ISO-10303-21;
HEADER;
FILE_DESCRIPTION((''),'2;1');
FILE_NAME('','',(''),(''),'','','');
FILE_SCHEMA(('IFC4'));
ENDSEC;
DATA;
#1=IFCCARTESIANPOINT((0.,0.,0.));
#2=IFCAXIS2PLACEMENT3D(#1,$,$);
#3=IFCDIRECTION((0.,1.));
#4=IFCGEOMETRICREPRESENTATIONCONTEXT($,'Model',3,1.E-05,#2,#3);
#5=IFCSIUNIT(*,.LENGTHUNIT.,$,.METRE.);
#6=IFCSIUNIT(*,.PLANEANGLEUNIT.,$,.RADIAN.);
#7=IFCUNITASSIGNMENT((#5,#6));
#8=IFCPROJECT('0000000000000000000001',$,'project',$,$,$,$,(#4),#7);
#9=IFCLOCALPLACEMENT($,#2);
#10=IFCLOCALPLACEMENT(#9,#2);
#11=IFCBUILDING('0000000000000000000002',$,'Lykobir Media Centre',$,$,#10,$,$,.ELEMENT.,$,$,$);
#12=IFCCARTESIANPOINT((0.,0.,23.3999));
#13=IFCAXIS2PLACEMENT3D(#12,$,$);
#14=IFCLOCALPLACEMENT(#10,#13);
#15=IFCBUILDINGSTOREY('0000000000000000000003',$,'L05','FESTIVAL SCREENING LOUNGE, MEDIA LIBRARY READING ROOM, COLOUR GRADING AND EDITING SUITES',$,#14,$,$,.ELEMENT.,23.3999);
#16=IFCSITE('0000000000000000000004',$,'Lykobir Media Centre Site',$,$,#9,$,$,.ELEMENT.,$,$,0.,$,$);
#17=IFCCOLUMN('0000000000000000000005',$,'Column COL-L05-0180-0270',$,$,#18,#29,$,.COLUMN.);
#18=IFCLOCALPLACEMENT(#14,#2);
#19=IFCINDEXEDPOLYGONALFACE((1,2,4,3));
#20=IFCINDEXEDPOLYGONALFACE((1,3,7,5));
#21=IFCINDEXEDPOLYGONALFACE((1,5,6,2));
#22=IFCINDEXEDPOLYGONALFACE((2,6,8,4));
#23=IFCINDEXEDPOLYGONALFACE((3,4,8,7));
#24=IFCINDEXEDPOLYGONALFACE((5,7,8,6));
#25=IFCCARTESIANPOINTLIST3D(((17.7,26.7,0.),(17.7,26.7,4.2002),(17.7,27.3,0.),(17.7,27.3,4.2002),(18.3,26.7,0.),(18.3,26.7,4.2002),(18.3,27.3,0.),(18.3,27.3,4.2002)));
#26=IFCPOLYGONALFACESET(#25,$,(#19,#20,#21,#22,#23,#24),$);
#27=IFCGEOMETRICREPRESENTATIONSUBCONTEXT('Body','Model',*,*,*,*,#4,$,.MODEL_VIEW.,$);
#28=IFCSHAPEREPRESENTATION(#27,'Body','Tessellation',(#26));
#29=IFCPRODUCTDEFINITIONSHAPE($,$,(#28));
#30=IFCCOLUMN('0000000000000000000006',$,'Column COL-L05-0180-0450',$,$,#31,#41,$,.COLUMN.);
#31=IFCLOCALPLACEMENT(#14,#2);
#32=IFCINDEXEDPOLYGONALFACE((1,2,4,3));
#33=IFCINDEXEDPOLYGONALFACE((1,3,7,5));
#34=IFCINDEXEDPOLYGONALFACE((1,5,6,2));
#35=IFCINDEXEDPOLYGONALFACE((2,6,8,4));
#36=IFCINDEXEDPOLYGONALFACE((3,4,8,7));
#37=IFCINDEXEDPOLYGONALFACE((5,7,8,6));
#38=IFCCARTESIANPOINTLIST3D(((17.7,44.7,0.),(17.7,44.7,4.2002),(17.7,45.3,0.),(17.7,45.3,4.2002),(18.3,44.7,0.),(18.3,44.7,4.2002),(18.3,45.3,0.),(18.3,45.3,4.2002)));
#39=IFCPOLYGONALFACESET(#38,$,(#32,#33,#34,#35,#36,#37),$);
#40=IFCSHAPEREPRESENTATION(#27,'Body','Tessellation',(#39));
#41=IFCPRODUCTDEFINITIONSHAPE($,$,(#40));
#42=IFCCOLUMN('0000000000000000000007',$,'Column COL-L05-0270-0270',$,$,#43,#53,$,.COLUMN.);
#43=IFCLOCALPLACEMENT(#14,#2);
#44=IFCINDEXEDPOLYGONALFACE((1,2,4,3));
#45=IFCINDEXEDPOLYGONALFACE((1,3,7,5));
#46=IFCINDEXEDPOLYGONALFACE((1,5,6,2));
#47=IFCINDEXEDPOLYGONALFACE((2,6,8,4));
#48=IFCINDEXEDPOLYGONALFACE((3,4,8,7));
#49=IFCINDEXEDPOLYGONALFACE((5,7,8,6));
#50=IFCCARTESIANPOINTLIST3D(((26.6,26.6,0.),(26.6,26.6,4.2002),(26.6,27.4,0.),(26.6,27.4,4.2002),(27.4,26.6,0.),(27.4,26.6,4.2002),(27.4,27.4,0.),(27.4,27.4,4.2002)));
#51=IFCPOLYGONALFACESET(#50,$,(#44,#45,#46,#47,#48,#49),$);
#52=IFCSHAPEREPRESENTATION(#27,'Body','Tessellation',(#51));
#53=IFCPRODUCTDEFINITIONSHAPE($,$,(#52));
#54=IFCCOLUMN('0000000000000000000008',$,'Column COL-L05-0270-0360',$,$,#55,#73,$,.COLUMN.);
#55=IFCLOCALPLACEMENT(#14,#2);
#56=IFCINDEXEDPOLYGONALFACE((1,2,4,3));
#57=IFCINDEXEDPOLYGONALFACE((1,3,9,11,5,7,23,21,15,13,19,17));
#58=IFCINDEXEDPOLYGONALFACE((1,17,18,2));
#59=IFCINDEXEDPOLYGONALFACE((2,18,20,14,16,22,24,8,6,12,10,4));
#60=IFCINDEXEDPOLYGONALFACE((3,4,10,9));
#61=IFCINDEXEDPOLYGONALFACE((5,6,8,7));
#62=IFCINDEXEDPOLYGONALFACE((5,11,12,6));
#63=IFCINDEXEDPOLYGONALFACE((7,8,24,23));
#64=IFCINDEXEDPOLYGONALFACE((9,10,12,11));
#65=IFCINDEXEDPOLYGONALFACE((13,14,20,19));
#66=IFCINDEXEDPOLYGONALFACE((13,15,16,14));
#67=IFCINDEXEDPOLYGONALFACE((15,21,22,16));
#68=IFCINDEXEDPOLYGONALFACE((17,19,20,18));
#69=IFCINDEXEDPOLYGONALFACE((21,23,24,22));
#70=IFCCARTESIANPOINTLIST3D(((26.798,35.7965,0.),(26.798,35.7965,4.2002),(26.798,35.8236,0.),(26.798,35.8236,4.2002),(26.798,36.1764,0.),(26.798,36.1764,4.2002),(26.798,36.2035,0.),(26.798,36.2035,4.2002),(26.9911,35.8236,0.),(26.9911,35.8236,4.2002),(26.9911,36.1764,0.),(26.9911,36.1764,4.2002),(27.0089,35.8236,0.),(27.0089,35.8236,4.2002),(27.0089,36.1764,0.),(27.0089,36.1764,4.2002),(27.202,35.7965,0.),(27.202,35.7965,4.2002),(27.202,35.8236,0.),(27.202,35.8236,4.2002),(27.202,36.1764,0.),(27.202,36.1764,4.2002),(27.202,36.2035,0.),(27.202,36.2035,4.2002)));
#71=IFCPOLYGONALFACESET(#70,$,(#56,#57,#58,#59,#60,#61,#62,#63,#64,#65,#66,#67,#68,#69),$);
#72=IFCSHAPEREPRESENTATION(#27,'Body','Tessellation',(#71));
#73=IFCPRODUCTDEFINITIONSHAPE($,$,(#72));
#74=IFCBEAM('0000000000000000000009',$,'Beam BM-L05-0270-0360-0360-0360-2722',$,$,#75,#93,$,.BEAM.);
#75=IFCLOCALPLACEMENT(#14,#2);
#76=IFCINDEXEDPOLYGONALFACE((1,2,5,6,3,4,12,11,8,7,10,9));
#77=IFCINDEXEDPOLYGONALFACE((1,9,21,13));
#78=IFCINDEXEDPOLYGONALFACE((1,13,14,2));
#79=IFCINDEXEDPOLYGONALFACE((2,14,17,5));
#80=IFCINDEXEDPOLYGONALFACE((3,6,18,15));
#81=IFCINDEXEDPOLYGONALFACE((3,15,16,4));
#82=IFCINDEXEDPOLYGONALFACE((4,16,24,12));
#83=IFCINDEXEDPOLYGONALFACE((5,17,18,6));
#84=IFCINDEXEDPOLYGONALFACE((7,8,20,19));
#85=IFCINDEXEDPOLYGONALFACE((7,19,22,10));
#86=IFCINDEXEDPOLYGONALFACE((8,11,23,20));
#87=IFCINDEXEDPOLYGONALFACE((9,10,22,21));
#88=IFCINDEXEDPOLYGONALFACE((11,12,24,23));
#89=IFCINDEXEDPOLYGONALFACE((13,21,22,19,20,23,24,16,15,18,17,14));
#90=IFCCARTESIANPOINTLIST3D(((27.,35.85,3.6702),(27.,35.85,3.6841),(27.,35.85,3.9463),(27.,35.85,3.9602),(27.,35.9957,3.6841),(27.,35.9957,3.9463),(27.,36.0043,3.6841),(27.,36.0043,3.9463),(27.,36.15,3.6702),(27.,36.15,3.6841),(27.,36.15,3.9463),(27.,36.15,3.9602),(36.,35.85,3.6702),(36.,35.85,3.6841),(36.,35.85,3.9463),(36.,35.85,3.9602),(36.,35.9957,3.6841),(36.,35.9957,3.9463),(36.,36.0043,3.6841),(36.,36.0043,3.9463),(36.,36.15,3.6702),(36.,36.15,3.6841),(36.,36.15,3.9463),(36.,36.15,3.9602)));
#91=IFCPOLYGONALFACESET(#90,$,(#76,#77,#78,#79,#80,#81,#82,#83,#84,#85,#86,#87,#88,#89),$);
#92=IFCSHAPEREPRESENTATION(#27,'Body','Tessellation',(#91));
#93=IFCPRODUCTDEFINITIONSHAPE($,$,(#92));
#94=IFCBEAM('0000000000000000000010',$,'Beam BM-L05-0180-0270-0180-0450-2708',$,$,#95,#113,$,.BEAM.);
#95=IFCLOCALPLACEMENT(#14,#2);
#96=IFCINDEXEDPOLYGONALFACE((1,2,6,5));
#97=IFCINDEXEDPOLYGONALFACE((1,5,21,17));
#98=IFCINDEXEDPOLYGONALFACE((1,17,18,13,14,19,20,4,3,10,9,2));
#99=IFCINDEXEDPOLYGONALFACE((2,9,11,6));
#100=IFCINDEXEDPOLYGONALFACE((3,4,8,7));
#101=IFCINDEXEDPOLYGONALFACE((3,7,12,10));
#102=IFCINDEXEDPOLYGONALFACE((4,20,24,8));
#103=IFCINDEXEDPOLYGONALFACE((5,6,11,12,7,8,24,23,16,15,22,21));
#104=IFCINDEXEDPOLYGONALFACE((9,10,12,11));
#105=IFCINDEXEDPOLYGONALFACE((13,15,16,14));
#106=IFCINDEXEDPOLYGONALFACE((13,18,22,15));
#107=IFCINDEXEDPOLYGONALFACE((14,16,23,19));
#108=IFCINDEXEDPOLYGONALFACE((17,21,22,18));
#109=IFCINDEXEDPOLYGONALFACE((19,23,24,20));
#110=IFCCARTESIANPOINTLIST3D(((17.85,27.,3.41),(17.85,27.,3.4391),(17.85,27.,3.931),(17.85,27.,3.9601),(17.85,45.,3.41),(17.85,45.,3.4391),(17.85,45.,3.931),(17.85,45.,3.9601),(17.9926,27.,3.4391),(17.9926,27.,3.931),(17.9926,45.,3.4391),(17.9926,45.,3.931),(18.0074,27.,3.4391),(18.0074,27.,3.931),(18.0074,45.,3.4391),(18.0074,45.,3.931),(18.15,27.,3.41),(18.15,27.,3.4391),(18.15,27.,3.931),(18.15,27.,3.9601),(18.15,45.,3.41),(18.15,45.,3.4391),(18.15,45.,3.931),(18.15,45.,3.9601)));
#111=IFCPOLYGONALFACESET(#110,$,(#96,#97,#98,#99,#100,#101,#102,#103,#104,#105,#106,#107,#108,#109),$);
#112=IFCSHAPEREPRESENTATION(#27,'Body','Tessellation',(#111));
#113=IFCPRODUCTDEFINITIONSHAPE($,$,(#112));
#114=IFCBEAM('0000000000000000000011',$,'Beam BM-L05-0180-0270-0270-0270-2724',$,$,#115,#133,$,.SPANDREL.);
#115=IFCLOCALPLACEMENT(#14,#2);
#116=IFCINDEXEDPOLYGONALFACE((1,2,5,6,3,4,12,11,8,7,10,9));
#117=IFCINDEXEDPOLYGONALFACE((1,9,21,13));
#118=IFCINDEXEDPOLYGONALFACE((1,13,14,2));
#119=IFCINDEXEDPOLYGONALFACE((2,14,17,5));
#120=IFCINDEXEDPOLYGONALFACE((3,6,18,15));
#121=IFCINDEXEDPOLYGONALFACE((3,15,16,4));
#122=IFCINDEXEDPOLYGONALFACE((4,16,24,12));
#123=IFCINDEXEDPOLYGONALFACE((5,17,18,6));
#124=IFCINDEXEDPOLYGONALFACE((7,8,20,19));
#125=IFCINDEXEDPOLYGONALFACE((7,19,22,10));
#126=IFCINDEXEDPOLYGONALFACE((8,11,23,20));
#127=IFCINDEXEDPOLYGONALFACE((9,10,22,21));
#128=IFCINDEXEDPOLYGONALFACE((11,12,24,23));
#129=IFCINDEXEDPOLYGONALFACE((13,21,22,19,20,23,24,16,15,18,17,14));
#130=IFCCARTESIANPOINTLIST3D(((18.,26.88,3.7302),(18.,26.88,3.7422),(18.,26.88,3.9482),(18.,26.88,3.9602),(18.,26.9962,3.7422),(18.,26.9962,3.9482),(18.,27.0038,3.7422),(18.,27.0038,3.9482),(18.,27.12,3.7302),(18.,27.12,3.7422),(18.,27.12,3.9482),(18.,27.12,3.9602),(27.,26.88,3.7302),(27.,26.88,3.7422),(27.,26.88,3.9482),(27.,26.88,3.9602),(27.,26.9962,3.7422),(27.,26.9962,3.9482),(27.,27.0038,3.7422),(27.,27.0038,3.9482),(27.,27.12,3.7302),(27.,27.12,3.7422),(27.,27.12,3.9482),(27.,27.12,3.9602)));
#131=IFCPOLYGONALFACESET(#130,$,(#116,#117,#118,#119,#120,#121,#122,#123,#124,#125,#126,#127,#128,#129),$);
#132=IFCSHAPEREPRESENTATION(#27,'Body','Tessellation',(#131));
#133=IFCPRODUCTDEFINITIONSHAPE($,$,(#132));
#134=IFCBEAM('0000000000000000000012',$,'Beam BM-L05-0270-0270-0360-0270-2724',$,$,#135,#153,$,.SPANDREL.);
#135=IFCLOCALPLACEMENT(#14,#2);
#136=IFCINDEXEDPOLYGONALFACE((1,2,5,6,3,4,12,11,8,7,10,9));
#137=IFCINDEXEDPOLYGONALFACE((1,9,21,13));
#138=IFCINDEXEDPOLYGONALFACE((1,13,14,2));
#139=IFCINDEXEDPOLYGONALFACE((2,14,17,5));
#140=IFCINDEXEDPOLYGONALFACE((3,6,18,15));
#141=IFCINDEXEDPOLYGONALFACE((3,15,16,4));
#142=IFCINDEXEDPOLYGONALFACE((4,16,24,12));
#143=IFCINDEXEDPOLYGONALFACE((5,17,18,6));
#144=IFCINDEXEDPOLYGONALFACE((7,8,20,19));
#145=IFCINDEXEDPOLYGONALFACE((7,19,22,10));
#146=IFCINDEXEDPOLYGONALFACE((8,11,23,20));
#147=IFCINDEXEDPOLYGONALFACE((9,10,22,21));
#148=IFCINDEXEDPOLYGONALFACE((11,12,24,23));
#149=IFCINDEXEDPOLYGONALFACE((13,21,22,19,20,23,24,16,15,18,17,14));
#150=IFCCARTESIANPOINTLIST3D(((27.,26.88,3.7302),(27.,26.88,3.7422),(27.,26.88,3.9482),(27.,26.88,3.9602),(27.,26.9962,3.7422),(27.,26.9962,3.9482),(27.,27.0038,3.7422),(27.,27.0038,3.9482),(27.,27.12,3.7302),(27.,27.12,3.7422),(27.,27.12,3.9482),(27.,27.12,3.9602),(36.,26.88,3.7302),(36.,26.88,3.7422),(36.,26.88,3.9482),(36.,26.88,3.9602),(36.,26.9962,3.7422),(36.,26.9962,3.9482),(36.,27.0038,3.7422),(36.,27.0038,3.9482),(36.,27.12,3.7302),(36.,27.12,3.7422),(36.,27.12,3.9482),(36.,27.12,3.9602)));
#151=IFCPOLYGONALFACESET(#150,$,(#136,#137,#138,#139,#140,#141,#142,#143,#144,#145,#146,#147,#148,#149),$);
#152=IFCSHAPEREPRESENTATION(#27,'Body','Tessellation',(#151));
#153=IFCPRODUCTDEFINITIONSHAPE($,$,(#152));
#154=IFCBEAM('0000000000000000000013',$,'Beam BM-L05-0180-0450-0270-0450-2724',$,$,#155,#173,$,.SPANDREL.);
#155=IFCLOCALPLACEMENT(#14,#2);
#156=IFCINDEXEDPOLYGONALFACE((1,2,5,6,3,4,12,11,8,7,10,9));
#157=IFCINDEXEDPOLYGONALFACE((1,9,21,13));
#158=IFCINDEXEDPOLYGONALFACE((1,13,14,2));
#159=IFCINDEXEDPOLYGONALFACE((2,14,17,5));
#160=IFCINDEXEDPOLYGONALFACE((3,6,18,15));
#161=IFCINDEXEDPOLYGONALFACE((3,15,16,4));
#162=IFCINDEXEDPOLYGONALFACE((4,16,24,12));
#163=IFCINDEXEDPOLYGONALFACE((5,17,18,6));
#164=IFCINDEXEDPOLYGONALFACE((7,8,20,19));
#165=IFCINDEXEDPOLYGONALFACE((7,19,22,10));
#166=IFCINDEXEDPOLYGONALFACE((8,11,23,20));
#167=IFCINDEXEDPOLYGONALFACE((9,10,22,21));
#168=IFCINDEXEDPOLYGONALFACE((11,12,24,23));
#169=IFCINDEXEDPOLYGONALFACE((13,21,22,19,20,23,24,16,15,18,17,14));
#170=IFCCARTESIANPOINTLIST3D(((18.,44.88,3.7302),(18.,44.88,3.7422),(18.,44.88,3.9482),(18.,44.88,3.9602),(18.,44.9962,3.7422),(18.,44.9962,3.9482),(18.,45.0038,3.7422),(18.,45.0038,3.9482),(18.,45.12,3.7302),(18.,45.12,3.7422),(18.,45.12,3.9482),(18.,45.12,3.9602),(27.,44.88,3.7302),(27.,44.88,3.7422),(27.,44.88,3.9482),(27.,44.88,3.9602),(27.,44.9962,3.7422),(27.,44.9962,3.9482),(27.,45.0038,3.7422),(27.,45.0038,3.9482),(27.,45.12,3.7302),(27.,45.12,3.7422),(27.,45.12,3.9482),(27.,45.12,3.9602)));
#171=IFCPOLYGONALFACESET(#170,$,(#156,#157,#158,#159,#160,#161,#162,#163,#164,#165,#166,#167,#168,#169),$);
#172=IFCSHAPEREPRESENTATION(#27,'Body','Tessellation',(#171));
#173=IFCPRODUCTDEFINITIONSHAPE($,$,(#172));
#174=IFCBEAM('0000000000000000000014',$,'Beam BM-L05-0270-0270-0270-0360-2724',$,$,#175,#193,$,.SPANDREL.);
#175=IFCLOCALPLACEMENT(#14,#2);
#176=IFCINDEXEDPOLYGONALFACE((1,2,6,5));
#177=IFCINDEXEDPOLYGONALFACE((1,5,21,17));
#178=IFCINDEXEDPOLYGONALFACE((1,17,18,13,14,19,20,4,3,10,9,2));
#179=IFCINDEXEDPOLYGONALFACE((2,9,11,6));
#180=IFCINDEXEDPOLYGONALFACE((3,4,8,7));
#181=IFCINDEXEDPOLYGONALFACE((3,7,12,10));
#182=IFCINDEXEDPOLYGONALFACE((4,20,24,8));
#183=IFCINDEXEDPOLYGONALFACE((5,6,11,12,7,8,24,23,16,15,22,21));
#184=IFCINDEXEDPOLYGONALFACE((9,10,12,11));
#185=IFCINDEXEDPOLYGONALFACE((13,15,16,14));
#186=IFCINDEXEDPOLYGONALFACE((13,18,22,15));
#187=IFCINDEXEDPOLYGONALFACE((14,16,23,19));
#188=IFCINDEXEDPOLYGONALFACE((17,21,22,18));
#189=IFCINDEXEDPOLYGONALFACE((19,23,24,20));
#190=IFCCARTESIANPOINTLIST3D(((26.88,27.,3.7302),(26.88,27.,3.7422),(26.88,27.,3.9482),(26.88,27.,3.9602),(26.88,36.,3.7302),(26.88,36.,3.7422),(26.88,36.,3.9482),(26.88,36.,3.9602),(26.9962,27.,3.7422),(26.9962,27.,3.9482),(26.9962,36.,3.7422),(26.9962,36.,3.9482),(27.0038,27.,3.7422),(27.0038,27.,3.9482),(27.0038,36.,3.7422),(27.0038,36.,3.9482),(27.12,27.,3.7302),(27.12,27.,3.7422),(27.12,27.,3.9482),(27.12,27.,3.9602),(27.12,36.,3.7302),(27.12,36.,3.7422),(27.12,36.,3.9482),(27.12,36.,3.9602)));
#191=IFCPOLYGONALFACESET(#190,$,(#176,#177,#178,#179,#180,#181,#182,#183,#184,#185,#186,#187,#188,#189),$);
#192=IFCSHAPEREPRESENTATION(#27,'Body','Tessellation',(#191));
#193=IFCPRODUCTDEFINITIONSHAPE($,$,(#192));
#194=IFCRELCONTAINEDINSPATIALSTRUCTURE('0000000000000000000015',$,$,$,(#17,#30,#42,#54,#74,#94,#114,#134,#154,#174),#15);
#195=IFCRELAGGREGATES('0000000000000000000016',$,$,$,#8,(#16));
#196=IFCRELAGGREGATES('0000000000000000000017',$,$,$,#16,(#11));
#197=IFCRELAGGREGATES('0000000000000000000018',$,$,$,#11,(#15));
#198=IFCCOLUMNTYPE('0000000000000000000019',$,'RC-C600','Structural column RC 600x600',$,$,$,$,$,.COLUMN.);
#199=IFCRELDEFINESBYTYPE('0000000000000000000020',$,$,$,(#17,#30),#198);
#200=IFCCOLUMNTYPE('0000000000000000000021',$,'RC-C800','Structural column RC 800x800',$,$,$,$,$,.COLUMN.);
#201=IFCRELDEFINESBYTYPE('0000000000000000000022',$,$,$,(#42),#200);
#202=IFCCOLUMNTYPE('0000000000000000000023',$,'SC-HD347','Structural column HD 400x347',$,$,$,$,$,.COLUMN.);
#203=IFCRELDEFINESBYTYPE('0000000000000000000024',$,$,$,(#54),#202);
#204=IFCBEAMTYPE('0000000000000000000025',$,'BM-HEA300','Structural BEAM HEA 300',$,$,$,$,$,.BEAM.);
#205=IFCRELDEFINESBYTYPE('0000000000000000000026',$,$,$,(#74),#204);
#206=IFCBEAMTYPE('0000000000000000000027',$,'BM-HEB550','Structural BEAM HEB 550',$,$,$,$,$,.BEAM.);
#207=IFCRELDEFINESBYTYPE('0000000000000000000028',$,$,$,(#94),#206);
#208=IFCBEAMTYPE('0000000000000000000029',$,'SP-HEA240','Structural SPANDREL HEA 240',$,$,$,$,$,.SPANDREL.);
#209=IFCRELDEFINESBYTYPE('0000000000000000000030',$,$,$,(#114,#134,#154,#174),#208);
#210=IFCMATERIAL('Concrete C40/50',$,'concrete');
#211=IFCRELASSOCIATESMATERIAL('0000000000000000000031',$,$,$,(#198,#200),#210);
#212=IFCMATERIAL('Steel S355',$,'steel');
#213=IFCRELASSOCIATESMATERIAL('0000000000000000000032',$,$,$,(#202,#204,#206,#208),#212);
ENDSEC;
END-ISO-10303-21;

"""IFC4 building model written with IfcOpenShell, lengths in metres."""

from ifc_helpers import new_model, si_unit, direction, frame, origin, origin_2d, place, context, subcontext, project, spatial, rectangle, i_section, extrude, material, material_profile, profile_set, type_object, element, save


model = new_model("IFC4")

# Units and contexts
model_context = context("Model", 3, precision=1e-05, world=origin(), true_north=direction((0.0, 1.0)))
body_context = subcontext(model_context, "Body", "Model", "MODEL_VIEW")
ifc_project = project(units=[si_unit("LENGTHUNIT", "METRE"), si_unit("PLANEANGLEUNIT", "RADIAN")], contexts=[model_context])

# Site, building, storey
site_placement = place(None, origin())
site = spatial("IfcSite", under=ifc_project, at=site_placement, Name="Lykobir Media Centre Site", CompositionType="ELEMENT", RefElevation=0.0)
building_placement = place(site_placement, origin())
building = spatial("IfcBuilding", under=site, at=building_placement, Name="Lykobir Media Centre", CompositionType="ELEMENT")
storey_placement = place(building_placement, frame((0.0, 0.0, 23.3999)))
storey = spatial("IfcBuildingStorey", under=building, at=storey_placement, Name="L05", Description="FESTIVAL SCREENING LOUNGE, MEDIA LIBRARY READING ROOM, COLOUR GRADING AND EDITING SUITES", CompositionType="ELEMENT", Elevation=23.3999)

# Columns
ifc_material_1 = material(Name="Concrete C40/50", Category="concrete")
ifc_material_profile_1 = material_profile(ifc_material_1, rectangle(XDim=0.6001, YDim=0.6001, at=origin_2d()), Name="RC 600x600")
ifc_profile_set_1 = profile_set([ifc_material_profile_1], Name="Concrete C40/50")
column_type_1 = type_object("IfcColumnType", Name="RC-C600", Description="Structural column RC 600x600", PredefinedType="COLUMN", material=ifc_profile_set_1)
for number, where, z_axis, x_axis, name in (
    (1, (18.0, 27.0, 0.0), (0.0, 0.0, 1.0), (1.0, 0.0, 0.0), "Column COL-L05-0180-0270"),
    (2, (18.0, 45.0, 0.0), (0.0, 0.0, 1.0), (1.0, 0.0, 0.0), "Column COL-L05-0180-0450"),
):
    element("IfcColumn", number, at=place(storey_placement, frame(where, z_axis=z_axis, x_axis=x_axis)), inside=storey, type_object=column_type_1, Name=name, PredefinedType="COLUMN", context=body_context, shape_type="SweptSolid", body=[
        extrude(rectangle(XDim=0.6001, YDim=0.6001, at=origin_2d()), origin(), (0.0, 0.0, 1.0), 4.2002),
    ])
ifc_material_profile_2 = material_profile(ifc_material_1, rectangle(XDim=0.8, YDim=0.8, at=origin_2d()), Name="RC 800x800")
ifc_profile_set_2 = profile_set([ifc_material_profile_2], Name="Concrete C40/50")
column_type_2 = type_object("IfcColumnType", Name="RC-C800", Description="Structural column RC 800x800", PredefinedType="COLUMN", material=ifc_profile_set_2)
column_1_placement = place(storey_placement, frame((27.0, 27.0, 0.0), z_axis=(0.0, 0.0, 1.0), x_axis=(1.0, 0.0, 0.0)))
element("IfcColumn", 3, at=column_1_placement, inside=storey, type_object=column_type_2, Name="Column COL-L05-0270-0270", PredefinedType="COLUMN", context=body_context, shape_type="SweptSolid", body=[
    extrude(rectangle(XDim=0.8, YDim=0.8, at=origin_2d()), origin(), (0.0, 0.0, 1.0), 4.2002),
])
ifc_material_2 = material(Name="Steel S355", Category="steel")
ifc_material_profile_3 = material_profile(ifc_material_2, i_section(OverallWidth=0.4041, OverallDepth=0.407, WebThickness=0.0178, FlangeThickness=0.0271, at=origin_2d()), Name="HD 400x347")
ifc_profile_set_3 = profile_set([ifc_material_profile_3], Name="Steel S355")
column_type_3 = type_object("IfcColumnType", Name="SC-HD347", Description="Structural column HD 400x347", PredefinedType="COLUMN", material=ifc_profile_set_3)
column_2_placement = place(storey_placement, frame((27.0, 36.0, 0.0), z_axis=(0.0, 0.0, 1.0), x_axis=(1.0, 0.0, 0.0)))
element("IfcColumn", 4, at=column_2_placement, inside=storey, type_object=column_type_3, Name="Column COL-L05-0270-0360", PredefinedType="COLUMN", context=body_context, shape_type="SweptSolid", body=[
    extrude(i_section(OverallWidth=0.4041, OverallDepth=0.407, WebThickness=0.0178, FlangeThickness=0.0271, at=origin_2d()), origin(), (0.0, 0.0, 1.0), 4.2002),
])

# Beams
ifc_material_profile_4 = material_profile(ifc_material_2, i_section(OverallWidth=0.3, OverallDepth=0.29, WebThickness=0.0085, FlangeThickness=0.0139, at=origin_2d()), Name="HEA 300")
ifc_profile_set_4 = profile_set([ifc_material_profile_4], Name="Steel S355")
beam_type_1 = type_object("IfcBeamType", Name="BM-HEA300", Description="Structural BEAM HEA 300", PredefinedType="BEAM", material=ifc_profile_set_4)
beam_1_placement = place(storey_placement, frame((27.0, 36.0, 3.8152), z_axis=(1.0, 0.0, 0.0), x_axis=(0.0, 1.0, 0.0)))
element("IfcBeam", 5, at=beam_1_placement, inside=storey, type_object=beam_type_1, Name="Beam BM-L05-0270-0360-0360-0360-2722", PredefinedType="BEAM", context=body_context, shape_type="SweptSolid", body=[
    extrude(i_section(OverallWidth=0.3, OverallDepth=0.29, WebThickness=0.0085, FlangeThickness=0.0139, at=origin_2d()), origin(), (0.0, 0.0, 1.0), 9.0),
])
ifc_material_profile_5 = material_profile(ifc_material_2, i_section(OverallWidth=0.3, OverallDepth=0.55, WebThickness=0.0149, FlangeThickness=0.0291, at=origin_2d()), Name="HEB 550")
ifc_profile_set_5 = profile_set([ifc_material_profile_5], Name="Steel S355")
beam_type_2 = type_object("IfcBeamType", Name="BM-HEB550", Description="Structural BEAM HEB 550", PredefinedType="BEAM", material=ifc_profile_set_5)
beam_2_placement = place(storey_placement, frame((18.0, 27.0, 3.6851), z_axis=(0.0, 1.0, 0.0), x_axis=(-1.0, 0.0, 0.0)))
element("IfcBeam", 6, at=beam_2_placement, inside=storey, type_object=beam_type_2, Name="Beam BM-L05-0180-0270-0180-0450-2708", PredefinedType="BEAM", context=body_context, shape_type="SweptSolid", body=[
    extrude(i_section(OverallWidth=0.3, OverallDepth=0.55, WebThickness=0.0149, FlangeThickness=0.0291, at=origin_2d()), origin(), (0.0, 0.0, 1.0), 18.0),
])
ifc_material_profile_6 = material_profile(ifc_material_2, i_section(OverallWidth=0.24, OverallDepth=0.23, WebThickness=0.0076, FlangeThickness=0.012, at=origin_2d()), Name="HEA 240")
ifc_profile_set_6 = profile_set([ifc_material_profile_6], Name="Steel S355")
beam_type_3 = type_object("IfcBeamType", Name="SP-HEA240", Description="Structural SPANDREL HEA 240", PredefinedType="SPANDREL", material=ifc_profile_set_6)
for number, where, z_axis, x_axis, name in (
    (7, (18.0, 27.0, 3.8452), (1.0, 0.0, 0.0), (0.0, 1.0, 0.0), "Beam BM-L05-0180-0270-0270-0270-2724"),
    (8, (27.0, 27.0, 3.8452), (1.0, 0.0, 0.0), (0.0, 1.0, 0.0), "Beam BM-L05-0270-0270-0360-0270-2724"),
    (9, (18.0, 45.0, 3.8452), (1.0, 0.0, 0.0), (0.0, 1.0, 0.0), "Beam BM-L05-0180-0450-0270-0450-2724"),
    (10, (27.0, 27.0, 3.8452), (0.0, 1.0, 0.0), (-1.0, 0.0, 0.0), "Beam BM-L05-0270-0270-0270-0360-2724"),
):
    element("IfcBeam", number, at=place(storey_placement, frame(where, z_axis=z_axis, x_axis=x_axis)), inside=storey, type_object=beam_type_3, Name=name, PredefinedType="SPANDREL", context=body_context, shape_type="SweptSolid", body=[
        extrude(i_section(OverallWidth=0.24, OverallDepth=0.23, WebThickness=0.0076, FlangeThickness=0.012, at=origin_2d()), origin(), (0.0, 0.0, 1.0), 9.0),
    ])

save(model, "model.ifc")
